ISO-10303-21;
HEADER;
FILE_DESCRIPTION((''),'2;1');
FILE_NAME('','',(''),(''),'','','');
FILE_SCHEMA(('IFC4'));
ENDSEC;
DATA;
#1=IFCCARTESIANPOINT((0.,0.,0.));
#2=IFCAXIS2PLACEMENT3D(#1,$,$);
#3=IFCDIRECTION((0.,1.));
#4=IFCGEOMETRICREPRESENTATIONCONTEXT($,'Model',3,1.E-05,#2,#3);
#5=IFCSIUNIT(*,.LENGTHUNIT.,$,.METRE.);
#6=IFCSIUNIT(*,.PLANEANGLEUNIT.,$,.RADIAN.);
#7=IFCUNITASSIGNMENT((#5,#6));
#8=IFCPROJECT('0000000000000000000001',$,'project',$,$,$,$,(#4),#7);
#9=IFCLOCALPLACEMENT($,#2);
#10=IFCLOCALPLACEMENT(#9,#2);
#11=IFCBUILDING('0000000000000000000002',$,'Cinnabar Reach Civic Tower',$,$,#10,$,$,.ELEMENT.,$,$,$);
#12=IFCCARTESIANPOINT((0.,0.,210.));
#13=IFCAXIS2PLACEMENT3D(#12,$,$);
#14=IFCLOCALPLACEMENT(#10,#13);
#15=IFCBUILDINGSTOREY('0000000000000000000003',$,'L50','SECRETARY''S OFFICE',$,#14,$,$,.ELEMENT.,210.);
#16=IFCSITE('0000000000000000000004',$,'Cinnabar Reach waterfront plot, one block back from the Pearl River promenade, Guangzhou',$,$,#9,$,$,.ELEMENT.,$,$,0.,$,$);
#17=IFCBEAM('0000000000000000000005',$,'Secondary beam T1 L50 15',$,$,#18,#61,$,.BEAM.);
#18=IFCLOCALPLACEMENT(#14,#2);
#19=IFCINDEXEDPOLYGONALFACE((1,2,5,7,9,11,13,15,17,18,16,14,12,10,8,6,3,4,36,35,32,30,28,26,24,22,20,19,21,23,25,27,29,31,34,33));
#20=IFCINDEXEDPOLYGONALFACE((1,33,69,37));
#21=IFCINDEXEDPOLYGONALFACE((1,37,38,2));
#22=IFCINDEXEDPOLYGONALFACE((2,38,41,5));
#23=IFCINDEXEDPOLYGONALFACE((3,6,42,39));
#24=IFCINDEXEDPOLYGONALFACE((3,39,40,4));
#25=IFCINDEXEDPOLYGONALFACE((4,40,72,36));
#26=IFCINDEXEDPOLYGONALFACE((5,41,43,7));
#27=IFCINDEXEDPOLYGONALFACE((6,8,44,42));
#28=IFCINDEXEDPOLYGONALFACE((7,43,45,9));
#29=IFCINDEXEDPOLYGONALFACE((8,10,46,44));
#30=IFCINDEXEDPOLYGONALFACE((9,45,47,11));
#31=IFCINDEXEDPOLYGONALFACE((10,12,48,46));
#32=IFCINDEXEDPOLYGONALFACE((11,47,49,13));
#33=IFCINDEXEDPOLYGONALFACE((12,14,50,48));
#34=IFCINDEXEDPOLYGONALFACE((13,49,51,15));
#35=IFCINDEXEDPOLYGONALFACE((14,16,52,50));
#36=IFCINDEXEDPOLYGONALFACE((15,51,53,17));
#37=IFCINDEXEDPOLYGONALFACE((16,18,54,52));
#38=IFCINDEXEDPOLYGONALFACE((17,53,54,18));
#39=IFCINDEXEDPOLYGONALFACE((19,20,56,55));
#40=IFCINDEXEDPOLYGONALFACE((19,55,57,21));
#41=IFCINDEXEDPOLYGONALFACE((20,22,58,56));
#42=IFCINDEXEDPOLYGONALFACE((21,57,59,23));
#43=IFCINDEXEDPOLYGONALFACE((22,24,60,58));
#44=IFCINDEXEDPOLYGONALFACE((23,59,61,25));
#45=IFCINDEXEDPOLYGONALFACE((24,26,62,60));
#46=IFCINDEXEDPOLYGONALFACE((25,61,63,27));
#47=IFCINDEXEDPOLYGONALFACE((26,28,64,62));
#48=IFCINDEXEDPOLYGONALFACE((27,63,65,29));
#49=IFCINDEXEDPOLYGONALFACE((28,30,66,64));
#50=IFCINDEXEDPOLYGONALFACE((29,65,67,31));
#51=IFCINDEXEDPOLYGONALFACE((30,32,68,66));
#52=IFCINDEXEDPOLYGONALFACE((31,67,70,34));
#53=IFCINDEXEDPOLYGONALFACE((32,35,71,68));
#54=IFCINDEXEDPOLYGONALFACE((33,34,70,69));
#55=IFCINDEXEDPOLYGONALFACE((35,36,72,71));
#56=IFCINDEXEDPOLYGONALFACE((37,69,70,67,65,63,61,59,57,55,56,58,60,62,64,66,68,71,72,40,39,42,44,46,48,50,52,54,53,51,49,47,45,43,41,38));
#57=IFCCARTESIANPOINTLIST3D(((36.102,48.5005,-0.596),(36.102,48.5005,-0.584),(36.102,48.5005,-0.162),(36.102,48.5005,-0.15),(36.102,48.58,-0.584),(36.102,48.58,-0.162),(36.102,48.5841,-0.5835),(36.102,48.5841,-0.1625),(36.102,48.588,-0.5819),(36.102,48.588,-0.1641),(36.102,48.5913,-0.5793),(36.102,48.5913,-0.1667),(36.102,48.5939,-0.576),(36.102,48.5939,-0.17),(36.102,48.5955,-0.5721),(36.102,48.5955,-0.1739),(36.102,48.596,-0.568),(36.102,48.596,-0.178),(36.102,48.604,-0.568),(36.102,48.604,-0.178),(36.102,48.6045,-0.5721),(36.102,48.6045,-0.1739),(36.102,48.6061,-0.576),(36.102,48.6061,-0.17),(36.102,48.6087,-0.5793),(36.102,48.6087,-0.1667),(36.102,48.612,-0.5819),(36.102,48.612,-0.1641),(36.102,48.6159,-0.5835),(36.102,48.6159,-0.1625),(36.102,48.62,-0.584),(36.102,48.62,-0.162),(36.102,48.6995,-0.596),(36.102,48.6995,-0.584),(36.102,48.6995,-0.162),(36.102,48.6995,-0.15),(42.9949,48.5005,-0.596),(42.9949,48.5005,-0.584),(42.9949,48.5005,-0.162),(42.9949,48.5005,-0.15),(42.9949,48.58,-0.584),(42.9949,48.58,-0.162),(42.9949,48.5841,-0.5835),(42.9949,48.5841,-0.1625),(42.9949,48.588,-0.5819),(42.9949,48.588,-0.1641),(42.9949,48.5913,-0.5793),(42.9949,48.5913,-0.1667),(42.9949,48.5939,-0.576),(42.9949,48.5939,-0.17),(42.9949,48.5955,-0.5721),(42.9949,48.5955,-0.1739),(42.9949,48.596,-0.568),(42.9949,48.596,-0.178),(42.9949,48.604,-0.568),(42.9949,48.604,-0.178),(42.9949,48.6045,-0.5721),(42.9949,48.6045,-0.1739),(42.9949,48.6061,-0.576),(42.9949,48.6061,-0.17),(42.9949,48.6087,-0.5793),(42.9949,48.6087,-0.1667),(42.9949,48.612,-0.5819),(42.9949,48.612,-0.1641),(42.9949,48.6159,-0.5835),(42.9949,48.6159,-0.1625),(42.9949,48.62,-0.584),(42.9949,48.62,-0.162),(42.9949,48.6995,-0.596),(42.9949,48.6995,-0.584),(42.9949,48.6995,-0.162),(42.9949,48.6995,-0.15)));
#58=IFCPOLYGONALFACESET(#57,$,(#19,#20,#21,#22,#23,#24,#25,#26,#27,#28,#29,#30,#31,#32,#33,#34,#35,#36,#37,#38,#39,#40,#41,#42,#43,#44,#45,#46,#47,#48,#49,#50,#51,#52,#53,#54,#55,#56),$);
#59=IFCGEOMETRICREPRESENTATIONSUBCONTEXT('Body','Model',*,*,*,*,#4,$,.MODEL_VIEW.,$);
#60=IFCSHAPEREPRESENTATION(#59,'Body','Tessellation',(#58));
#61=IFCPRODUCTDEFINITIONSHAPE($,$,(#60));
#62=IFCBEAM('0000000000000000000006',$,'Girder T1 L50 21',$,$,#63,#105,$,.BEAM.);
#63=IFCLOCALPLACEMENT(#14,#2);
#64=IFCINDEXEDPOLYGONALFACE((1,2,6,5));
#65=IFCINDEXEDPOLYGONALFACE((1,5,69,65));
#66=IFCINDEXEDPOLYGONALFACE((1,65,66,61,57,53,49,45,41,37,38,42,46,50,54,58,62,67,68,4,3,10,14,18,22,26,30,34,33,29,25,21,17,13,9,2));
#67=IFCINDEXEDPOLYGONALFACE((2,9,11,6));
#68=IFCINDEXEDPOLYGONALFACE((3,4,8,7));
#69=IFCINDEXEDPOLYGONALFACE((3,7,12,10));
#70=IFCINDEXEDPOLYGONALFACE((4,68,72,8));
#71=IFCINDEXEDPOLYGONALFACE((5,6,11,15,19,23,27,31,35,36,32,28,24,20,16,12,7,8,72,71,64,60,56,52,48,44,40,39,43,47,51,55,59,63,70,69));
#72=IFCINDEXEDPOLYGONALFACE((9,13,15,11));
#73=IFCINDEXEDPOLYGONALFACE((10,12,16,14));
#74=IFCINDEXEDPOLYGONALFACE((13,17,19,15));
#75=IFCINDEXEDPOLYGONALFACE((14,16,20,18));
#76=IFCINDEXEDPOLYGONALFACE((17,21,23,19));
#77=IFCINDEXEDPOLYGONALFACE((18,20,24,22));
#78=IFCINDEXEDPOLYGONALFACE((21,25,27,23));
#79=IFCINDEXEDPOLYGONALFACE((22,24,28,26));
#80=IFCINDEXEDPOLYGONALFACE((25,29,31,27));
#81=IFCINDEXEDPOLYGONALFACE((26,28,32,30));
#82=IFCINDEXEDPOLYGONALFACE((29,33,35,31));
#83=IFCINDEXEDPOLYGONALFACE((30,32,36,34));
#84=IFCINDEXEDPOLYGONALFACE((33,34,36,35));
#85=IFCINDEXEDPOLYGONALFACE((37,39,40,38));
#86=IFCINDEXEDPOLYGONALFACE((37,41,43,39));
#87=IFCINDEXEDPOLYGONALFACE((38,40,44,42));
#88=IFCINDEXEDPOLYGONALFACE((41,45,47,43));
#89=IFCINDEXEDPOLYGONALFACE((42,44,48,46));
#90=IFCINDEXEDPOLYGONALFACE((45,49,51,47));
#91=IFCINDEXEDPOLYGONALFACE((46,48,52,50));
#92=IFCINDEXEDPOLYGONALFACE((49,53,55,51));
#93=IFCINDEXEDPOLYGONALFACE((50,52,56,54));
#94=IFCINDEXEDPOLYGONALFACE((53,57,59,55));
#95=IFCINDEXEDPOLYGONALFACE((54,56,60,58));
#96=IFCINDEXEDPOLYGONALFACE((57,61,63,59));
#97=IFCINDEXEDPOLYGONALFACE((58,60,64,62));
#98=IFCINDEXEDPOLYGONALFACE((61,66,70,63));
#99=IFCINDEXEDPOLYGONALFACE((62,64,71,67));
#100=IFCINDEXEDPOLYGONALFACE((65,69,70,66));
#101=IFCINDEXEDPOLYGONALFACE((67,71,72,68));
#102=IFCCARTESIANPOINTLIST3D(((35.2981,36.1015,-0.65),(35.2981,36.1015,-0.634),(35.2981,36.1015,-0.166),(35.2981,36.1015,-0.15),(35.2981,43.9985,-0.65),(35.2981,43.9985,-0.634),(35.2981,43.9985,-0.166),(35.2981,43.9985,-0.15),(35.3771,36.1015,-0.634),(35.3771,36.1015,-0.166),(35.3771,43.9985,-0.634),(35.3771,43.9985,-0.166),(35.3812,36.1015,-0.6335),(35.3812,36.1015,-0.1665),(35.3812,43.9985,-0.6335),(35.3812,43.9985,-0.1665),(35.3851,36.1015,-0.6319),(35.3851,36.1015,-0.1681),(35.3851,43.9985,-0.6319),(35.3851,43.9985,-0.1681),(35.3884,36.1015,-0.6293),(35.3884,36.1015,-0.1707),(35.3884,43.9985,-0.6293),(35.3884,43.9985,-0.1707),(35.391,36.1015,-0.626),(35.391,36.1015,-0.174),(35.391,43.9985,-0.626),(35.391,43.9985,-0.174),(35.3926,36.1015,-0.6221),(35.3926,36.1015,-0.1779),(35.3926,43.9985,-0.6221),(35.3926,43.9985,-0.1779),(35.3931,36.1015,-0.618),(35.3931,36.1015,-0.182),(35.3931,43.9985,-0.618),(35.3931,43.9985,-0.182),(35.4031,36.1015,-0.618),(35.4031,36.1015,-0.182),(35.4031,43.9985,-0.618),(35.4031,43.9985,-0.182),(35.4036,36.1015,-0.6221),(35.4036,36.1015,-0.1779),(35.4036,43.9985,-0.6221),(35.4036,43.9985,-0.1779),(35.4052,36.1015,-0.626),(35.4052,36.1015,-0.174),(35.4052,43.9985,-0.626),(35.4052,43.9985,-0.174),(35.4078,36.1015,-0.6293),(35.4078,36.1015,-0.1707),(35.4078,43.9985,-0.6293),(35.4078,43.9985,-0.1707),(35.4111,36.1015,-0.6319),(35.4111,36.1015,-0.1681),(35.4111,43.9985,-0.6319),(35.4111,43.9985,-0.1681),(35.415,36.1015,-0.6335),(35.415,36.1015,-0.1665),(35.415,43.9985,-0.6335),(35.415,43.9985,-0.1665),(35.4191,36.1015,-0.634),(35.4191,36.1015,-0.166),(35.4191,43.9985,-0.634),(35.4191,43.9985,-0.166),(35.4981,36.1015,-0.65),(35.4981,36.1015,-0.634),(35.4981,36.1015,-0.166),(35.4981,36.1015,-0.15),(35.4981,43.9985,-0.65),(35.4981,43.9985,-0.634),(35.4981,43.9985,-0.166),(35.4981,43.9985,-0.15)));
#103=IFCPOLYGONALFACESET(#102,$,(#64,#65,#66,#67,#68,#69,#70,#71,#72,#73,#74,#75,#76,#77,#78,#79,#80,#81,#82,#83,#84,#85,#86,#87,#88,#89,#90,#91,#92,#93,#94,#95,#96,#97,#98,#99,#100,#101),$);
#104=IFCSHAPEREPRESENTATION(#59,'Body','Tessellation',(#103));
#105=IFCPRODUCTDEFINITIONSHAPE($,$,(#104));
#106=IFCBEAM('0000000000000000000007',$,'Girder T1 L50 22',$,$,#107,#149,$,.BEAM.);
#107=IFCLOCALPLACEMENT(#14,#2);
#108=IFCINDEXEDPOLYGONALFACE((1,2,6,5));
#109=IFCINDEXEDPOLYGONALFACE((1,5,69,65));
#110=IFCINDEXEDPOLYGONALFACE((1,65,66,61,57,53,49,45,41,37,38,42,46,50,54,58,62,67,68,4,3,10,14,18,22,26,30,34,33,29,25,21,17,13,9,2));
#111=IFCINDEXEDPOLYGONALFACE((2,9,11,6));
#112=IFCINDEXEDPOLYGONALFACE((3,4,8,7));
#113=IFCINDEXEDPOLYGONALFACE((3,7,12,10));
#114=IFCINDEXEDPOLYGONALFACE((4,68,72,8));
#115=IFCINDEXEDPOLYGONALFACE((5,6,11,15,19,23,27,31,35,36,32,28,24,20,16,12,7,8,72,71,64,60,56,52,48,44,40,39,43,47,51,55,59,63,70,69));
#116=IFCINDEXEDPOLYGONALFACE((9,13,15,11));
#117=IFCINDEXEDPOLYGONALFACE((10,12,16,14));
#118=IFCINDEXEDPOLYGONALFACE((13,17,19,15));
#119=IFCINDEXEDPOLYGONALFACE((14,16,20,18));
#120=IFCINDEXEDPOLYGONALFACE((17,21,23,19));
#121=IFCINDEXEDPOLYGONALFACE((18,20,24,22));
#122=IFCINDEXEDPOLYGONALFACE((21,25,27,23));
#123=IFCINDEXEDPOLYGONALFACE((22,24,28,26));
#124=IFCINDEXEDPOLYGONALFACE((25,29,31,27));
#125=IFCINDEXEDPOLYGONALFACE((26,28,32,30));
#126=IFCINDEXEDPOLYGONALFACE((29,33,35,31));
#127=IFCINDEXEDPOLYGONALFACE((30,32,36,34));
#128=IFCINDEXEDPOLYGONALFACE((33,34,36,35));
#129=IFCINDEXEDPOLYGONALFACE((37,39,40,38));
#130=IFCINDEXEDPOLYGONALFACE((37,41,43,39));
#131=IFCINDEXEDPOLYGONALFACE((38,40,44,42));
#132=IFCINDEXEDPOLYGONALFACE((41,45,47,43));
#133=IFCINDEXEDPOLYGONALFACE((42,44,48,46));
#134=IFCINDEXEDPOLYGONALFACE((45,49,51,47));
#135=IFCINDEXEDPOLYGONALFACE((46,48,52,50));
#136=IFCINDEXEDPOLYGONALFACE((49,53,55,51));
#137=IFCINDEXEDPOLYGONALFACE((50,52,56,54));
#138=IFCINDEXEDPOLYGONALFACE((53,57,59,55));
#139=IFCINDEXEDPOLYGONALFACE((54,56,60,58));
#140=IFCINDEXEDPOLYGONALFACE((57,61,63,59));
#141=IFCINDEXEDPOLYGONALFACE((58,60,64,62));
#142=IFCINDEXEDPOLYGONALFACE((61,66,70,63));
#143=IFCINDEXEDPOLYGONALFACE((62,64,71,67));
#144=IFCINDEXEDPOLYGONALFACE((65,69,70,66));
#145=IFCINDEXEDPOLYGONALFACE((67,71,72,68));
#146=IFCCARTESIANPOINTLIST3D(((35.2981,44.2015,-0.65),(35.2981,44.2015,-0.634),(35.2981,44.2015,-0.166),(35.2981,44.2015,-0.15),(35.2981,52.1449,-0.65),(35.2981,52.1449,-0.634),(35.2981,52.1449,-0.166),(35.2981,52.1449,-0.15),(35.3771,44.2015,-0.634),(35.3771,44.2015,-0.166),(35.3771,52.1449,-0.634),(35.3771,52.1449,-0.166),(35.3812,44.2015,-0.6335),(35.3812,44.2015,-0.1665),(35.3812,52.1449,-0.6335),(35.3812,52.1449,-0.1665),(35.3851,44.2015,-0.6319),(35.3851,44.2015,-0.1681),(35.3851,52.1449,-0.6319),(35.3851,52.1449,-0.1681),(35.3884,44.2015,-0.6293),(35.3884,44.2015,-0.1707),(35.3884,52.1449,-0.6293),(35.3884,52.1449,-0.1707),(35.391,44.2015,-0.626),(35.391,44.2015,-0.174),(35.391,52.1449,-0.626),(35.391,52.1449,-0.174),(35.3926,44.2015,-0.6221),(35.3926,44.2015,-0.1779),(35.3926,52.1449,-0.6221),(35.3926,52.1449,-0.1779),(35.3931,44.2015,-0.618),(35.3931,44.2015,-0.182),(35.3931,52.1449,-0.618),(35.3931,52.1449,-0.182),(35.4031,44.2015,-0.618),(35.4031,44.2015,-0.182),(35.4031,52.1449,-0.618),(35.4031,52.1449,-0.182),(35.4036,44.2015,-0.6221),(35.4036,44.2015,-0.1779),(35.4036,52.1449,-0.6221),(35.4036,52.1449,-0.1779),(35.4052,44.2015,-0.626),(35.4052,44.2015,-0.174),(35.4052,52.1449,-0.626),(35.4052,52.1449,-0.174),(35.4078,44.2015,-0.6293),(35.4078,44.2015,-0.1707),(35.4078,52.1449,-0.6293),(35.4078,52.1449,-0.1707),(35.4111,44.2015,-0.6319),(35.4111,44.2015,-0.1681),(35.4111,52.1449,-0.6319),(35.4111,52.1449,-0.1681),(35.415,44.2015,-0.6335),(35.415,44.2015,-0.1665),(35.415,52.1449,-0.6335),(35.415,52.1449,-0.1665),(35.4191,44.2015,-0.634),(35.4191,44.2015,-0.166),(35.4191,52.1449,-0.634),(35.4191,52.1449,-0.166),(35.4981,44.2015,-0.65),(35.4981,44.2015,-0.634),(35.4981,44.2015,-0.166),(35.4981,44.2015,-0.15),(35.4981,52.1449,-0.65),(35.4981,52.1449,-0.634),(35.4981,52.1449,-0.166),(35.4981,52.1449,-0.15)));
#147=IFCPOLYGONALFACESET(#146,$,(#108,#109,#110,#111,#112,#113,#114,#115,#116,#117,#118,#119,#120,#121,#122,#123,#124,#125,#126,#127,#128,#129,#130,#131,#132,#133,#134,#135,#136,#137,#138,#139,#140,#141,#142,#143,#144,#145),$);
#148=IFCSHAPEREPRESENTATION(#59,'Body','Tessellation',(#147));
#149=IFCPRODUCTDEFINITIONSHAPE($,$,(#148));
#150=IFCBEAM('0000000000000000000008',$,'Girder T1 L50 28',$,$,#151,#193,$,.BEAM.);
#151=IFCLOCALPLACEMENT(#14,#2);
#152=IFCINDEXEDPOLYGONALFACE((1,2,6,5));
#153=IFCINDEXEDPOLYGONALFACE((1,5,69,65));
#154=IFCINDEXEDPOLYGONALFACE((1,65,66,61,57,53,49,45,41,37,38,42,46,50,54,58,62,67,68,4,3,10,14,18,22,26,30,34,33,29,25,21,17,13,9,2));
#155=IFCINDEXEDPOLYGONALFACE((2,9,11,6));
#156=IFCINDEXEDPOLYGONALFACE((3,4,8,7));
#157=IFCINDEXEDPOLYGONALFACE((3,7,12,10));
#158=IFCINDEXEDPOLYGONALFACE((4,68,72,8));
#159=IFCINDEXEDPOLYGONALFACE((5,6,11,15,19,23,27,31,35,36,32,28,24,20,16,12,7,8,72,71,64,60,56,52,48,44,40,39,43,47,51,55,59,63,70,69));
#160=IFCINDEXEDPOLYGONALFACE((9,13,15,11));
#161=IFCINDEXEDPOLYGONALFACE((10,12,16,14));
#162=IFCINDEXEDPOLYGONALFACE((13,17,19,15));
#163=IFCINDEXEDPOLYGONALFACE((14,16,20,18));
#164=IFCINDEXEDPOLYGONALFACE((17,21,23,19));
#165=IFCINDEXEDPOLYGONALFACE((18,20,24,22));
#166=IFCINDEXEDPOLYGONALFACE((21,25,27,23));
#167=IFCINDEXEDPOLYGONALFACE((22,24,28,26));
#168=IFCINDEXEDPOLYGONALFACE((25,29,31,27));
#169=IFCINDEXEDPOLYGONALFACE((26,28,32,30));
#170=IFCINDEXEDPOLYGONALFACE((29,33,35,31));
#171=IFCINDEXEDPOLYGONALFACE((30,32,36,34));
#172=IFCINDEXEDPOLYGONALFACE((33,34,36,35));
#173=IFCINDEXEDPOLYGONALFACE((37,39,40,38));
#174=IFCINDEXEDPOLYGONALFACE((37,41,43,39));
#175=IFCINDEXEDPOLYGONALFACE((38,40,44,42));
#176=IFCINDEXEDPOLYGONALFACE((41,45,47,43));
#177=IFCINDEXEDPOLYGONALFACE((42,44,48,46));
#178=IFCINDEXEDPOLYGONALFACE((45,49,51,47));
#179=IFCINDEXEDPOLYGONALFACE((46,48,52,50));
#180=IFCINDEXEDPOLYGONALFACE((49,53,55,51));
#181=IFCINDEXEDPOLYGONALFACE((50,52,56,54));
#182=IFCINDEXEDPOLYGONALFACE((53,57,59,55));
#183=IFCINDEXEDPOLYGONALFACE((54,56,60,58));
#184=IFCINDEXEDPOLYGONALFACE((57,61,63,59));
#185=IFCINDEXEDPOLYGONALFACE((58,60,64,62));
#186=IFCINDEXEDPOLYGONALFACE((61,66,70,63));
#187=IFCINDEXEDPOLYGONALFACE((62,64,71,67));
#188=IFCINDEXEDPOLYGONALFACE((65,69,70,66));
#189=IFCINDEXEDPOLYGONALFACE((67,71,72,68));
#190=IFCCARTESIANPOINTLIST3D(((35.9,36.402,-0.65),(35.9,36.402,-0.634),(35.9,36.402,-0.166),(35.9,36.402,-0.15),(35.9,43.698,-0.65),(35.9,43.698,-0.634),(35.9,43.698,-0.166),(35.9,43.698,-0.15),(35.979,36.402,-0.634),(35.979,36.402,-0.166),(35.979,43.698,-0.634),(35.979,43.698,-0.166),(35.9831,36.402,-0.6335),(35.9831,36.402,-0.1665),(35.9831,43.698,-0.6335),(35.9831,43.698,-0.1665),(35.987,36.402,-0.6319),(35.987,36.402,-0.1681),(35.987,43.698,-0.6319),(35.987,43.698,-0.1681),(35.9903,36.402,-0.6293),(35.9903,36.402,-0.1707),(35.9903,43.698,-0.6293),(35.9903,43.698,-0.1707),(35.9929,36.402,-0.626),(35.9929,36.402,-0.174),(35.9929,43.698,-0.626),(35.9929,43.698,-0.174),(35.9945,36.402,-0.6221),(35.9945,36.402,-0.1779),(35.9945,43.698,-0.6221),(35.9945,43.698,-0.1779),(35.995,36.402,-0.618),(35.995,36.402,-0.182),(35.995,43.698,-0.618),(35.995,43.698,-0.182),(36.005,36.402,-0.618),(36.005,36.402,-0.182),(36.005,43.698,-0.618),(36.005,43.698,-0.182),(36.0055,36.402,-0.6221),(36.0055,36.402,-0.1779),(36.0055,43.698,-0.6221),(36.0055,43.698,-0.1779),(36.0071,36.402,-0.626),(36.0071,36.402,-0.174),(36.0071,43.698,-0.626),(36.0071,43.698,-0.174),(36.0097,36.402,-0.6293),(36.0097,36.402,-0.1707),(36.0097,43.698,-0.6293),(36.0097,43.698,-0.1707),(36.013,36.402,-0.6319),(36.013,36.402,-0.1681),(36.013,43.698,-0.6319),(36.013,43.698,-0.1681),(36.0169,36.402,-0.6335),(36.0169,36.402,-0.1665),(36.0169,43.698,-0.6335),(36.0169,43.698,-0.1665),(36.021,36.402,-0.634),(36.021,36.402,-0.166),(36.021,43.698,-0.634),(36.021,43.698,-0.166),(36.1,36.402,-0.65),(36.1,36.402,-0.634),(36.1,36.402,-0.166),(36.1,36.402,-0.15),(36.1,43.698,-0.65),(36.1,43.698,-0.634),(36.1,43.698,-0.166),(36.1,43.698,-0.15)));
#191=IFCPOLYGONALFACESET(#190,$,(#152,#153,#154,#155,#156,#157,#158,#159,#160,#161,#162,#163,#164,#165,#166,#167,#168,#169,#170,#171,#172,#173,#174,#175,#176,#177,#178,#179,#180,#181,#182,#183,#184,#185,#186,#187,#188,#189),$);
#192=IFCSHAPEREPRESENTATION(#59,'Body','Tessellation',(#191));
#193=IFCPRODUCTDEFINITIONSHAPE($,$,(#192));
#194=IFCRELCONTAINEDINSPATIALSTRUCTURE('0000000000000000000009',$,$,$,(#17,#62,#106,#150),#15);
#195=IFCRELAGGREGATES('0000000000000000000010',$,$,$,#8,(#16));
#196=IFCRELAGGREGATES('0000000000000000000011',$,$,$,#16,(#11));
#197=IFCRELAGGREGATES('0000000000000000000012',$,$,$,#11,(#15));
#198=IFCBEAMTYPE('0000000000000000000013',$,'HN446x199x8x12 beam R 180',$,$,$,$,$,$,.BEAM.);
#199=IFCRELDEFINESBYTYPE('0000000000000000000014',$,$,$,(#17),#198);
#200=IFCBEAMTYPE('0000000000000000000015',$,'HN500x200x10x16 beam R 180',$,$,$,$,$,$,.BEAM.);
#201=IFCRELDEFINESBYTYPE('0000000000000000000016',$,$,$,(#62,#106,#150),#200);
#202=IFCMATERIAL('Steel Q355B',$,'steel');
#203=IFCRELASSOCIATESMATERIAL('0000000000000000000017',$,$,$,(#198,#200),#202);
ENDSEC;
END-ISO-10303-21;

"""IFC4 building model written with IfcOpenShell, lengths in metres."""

from ifc_helpers import new_model, si_unit, direction, frame, origin, origin_2d, place, context, subcontext, project, spatial, i_section, extrude, material, material_profile, profile_set, type_object, element, save


model = new_model("IFC4")

# Units and contexts
model_context = context("Model", 3, precision=1e-05, world=origin(), true_north=direction((0.0, 1.0)))
body_context = subcontext(model_context, "Body", "Model", "MODEL_VIEW")
ifc_project = project(units=[si_unit("LENGTHUNIT", "METRE"), si_unit("PLANEANGLEUNIT", "RADIAN")], contexts=[model_context])

# Site, building, storey
site_placement = place(None, origin())
site = spatial("IfcSite", under=ifc_project, at=site_placement, Name="Cinnabar Reach waterfront plot, one block back from the Pearl River promenade, Guangzhou", CompositionType="ELEMENT", RefElevation=0.0)
building_placement = place(site_placement, origin())
building = spatial("IfcBuilding", under=site, at=building_placement, Name="Cinnabar Reach Civic Tower", CompositionType="ELEMENT")
storey_placement = place(building_placement, frame((0.0, 0.0, 210.0)))
storey = spatial("IfcBuildingStorey", under=building, at=storey_placement, Name="L50", Description="SECRETARY'S OFFICE", CompositionType="ELEMENT", Elevation=210.0)

# Beams
ifc_material_1 = material(Name="Steel Q355B", Category="steel")
ifc_material_profile_1 = material_profile(ifc_material_1, i_section(OverallWidth=0.199, OverallDepth=0.446, WebThickness=0.008, FlangeThickness=0.012, FilletRadius=0.016, at=origin_2d()), Name="HN446x199x8x12")
ifc_profile_set_1 = profile_set([ifc_material_profile_1], Name="Steel Q355B")
beam_type_1 = type_object("IfcBeamType", Name="HN446x199x8x12 beam R 180", PredefinedType="BEAM", material=ifc_profile_set_1)
beam_1_placement = place(storey_placement, frame((36.102, 48.6, -0.373), z_axis=(1.0, 0.0, 0.0), x_axis=(0.0, 1.0, 0.0)))
element("IfcBeam", 1, at=beam_1_placement, inside=storey, type_object=beam_type_1, Name="Secondary beam T1 L50 15", PredefinedType="BEAM", context=body_context, shape_type="SweptSolid", body=[
    extrude(i_section(OverallWidth=0.199, OverallDepth=0.446, WebThickness=0.008, FlangeThickness=0.012, FilletRadius=0.016, at=origin_2d()), origin(), (0.0, 0.0, 1.0), 6.8929),
])
ifc_material_profile_2 = material_profile(ifc_material_1, i_section(OverallWidth=0.2, OverallDepth=0.5, WebThickness=0.01, FlangeThickness=0.016, FilletRadius=0.016, at=origin_2d()), Name="HN500x200x10x16")
ifc_profile_set_2 = profile_set([ifc_material_profile_2], Name="Steel Q355B")
beam_type_2 = type_object("IfcBeamType", Name="HN500x200x10x16 beam R 180", PredefinedType="BEAM", material=ifc_profile_set_2)
beam_2_placement = place(storey_placement, frame((35.3981, 36.1015, -0.4), z_axis=(0.0, 1.0, 0.0), x_axis=(-1.0, 0.0, 0.0)))
element("IfcBeam", 2, at=beam_2_placement, inside=storey, type_object=beam_type_2, Name="Girder T1 L50 21", PredefinedType="BEAM", context=body_context, shape_type="SweptSolid", body=[
    extrude(i_section(OverallWidth=0.2, OverallDepth=0.5, WebThickness=0.01, FlangeThickness=0.016, FilletRadius=0.016, at=origin_2d()), origin(), (0.0, 0.0, 1.0), 7.897),
])
beam_3_placement = place(storey_placement, frame((35.3981, 44.2015, -0.4), z_axis=(0.0, 1.0, 0.0), x_axis=(-1.0, 0.0, 0.0)))
element("IfcBeam", 3, at=beam_3_placement, inside=storey, type_object=beam_type_2, Name="Girder T1 L50 22", PredefinedType="BEAM", context=body_context, shape_type="SweptSolid", body=[
    extrude(i_section(OverallWidth=0.2, OverallDepth=0.5, WebThickness=0.01, FlangeThickness=0.016, FilletRadius=0.016, at=origin_2d()), origin(), (0.0, 0.0, 1.0), 7.9434),
])
beam_4_placement = place(storey_placement, frame((36.0, 36.402, -0.4), z_axis=(0.0, 1.0, 0.0), x_axis=(-1.0, 0.0, 0.0)))
element("IfcBeam", 4, at=beam_4_placement, inside=storey, type_object=beam_type_2, Name="Girder T1 L50 28", PredefinedType="BEAM", context=body_context, shape_type="SweptSolid", body=[
    extrude(i_section(OverallWidth=0.2, OverallDepth=0.5, WebThickness=0.01, FlangeThickness=0.016, FilletRadius=0.016, at=origin_2d()), origin(), (0.0, 0.0, 1.0), 7.296),
])

save(model, "model.ifc")
